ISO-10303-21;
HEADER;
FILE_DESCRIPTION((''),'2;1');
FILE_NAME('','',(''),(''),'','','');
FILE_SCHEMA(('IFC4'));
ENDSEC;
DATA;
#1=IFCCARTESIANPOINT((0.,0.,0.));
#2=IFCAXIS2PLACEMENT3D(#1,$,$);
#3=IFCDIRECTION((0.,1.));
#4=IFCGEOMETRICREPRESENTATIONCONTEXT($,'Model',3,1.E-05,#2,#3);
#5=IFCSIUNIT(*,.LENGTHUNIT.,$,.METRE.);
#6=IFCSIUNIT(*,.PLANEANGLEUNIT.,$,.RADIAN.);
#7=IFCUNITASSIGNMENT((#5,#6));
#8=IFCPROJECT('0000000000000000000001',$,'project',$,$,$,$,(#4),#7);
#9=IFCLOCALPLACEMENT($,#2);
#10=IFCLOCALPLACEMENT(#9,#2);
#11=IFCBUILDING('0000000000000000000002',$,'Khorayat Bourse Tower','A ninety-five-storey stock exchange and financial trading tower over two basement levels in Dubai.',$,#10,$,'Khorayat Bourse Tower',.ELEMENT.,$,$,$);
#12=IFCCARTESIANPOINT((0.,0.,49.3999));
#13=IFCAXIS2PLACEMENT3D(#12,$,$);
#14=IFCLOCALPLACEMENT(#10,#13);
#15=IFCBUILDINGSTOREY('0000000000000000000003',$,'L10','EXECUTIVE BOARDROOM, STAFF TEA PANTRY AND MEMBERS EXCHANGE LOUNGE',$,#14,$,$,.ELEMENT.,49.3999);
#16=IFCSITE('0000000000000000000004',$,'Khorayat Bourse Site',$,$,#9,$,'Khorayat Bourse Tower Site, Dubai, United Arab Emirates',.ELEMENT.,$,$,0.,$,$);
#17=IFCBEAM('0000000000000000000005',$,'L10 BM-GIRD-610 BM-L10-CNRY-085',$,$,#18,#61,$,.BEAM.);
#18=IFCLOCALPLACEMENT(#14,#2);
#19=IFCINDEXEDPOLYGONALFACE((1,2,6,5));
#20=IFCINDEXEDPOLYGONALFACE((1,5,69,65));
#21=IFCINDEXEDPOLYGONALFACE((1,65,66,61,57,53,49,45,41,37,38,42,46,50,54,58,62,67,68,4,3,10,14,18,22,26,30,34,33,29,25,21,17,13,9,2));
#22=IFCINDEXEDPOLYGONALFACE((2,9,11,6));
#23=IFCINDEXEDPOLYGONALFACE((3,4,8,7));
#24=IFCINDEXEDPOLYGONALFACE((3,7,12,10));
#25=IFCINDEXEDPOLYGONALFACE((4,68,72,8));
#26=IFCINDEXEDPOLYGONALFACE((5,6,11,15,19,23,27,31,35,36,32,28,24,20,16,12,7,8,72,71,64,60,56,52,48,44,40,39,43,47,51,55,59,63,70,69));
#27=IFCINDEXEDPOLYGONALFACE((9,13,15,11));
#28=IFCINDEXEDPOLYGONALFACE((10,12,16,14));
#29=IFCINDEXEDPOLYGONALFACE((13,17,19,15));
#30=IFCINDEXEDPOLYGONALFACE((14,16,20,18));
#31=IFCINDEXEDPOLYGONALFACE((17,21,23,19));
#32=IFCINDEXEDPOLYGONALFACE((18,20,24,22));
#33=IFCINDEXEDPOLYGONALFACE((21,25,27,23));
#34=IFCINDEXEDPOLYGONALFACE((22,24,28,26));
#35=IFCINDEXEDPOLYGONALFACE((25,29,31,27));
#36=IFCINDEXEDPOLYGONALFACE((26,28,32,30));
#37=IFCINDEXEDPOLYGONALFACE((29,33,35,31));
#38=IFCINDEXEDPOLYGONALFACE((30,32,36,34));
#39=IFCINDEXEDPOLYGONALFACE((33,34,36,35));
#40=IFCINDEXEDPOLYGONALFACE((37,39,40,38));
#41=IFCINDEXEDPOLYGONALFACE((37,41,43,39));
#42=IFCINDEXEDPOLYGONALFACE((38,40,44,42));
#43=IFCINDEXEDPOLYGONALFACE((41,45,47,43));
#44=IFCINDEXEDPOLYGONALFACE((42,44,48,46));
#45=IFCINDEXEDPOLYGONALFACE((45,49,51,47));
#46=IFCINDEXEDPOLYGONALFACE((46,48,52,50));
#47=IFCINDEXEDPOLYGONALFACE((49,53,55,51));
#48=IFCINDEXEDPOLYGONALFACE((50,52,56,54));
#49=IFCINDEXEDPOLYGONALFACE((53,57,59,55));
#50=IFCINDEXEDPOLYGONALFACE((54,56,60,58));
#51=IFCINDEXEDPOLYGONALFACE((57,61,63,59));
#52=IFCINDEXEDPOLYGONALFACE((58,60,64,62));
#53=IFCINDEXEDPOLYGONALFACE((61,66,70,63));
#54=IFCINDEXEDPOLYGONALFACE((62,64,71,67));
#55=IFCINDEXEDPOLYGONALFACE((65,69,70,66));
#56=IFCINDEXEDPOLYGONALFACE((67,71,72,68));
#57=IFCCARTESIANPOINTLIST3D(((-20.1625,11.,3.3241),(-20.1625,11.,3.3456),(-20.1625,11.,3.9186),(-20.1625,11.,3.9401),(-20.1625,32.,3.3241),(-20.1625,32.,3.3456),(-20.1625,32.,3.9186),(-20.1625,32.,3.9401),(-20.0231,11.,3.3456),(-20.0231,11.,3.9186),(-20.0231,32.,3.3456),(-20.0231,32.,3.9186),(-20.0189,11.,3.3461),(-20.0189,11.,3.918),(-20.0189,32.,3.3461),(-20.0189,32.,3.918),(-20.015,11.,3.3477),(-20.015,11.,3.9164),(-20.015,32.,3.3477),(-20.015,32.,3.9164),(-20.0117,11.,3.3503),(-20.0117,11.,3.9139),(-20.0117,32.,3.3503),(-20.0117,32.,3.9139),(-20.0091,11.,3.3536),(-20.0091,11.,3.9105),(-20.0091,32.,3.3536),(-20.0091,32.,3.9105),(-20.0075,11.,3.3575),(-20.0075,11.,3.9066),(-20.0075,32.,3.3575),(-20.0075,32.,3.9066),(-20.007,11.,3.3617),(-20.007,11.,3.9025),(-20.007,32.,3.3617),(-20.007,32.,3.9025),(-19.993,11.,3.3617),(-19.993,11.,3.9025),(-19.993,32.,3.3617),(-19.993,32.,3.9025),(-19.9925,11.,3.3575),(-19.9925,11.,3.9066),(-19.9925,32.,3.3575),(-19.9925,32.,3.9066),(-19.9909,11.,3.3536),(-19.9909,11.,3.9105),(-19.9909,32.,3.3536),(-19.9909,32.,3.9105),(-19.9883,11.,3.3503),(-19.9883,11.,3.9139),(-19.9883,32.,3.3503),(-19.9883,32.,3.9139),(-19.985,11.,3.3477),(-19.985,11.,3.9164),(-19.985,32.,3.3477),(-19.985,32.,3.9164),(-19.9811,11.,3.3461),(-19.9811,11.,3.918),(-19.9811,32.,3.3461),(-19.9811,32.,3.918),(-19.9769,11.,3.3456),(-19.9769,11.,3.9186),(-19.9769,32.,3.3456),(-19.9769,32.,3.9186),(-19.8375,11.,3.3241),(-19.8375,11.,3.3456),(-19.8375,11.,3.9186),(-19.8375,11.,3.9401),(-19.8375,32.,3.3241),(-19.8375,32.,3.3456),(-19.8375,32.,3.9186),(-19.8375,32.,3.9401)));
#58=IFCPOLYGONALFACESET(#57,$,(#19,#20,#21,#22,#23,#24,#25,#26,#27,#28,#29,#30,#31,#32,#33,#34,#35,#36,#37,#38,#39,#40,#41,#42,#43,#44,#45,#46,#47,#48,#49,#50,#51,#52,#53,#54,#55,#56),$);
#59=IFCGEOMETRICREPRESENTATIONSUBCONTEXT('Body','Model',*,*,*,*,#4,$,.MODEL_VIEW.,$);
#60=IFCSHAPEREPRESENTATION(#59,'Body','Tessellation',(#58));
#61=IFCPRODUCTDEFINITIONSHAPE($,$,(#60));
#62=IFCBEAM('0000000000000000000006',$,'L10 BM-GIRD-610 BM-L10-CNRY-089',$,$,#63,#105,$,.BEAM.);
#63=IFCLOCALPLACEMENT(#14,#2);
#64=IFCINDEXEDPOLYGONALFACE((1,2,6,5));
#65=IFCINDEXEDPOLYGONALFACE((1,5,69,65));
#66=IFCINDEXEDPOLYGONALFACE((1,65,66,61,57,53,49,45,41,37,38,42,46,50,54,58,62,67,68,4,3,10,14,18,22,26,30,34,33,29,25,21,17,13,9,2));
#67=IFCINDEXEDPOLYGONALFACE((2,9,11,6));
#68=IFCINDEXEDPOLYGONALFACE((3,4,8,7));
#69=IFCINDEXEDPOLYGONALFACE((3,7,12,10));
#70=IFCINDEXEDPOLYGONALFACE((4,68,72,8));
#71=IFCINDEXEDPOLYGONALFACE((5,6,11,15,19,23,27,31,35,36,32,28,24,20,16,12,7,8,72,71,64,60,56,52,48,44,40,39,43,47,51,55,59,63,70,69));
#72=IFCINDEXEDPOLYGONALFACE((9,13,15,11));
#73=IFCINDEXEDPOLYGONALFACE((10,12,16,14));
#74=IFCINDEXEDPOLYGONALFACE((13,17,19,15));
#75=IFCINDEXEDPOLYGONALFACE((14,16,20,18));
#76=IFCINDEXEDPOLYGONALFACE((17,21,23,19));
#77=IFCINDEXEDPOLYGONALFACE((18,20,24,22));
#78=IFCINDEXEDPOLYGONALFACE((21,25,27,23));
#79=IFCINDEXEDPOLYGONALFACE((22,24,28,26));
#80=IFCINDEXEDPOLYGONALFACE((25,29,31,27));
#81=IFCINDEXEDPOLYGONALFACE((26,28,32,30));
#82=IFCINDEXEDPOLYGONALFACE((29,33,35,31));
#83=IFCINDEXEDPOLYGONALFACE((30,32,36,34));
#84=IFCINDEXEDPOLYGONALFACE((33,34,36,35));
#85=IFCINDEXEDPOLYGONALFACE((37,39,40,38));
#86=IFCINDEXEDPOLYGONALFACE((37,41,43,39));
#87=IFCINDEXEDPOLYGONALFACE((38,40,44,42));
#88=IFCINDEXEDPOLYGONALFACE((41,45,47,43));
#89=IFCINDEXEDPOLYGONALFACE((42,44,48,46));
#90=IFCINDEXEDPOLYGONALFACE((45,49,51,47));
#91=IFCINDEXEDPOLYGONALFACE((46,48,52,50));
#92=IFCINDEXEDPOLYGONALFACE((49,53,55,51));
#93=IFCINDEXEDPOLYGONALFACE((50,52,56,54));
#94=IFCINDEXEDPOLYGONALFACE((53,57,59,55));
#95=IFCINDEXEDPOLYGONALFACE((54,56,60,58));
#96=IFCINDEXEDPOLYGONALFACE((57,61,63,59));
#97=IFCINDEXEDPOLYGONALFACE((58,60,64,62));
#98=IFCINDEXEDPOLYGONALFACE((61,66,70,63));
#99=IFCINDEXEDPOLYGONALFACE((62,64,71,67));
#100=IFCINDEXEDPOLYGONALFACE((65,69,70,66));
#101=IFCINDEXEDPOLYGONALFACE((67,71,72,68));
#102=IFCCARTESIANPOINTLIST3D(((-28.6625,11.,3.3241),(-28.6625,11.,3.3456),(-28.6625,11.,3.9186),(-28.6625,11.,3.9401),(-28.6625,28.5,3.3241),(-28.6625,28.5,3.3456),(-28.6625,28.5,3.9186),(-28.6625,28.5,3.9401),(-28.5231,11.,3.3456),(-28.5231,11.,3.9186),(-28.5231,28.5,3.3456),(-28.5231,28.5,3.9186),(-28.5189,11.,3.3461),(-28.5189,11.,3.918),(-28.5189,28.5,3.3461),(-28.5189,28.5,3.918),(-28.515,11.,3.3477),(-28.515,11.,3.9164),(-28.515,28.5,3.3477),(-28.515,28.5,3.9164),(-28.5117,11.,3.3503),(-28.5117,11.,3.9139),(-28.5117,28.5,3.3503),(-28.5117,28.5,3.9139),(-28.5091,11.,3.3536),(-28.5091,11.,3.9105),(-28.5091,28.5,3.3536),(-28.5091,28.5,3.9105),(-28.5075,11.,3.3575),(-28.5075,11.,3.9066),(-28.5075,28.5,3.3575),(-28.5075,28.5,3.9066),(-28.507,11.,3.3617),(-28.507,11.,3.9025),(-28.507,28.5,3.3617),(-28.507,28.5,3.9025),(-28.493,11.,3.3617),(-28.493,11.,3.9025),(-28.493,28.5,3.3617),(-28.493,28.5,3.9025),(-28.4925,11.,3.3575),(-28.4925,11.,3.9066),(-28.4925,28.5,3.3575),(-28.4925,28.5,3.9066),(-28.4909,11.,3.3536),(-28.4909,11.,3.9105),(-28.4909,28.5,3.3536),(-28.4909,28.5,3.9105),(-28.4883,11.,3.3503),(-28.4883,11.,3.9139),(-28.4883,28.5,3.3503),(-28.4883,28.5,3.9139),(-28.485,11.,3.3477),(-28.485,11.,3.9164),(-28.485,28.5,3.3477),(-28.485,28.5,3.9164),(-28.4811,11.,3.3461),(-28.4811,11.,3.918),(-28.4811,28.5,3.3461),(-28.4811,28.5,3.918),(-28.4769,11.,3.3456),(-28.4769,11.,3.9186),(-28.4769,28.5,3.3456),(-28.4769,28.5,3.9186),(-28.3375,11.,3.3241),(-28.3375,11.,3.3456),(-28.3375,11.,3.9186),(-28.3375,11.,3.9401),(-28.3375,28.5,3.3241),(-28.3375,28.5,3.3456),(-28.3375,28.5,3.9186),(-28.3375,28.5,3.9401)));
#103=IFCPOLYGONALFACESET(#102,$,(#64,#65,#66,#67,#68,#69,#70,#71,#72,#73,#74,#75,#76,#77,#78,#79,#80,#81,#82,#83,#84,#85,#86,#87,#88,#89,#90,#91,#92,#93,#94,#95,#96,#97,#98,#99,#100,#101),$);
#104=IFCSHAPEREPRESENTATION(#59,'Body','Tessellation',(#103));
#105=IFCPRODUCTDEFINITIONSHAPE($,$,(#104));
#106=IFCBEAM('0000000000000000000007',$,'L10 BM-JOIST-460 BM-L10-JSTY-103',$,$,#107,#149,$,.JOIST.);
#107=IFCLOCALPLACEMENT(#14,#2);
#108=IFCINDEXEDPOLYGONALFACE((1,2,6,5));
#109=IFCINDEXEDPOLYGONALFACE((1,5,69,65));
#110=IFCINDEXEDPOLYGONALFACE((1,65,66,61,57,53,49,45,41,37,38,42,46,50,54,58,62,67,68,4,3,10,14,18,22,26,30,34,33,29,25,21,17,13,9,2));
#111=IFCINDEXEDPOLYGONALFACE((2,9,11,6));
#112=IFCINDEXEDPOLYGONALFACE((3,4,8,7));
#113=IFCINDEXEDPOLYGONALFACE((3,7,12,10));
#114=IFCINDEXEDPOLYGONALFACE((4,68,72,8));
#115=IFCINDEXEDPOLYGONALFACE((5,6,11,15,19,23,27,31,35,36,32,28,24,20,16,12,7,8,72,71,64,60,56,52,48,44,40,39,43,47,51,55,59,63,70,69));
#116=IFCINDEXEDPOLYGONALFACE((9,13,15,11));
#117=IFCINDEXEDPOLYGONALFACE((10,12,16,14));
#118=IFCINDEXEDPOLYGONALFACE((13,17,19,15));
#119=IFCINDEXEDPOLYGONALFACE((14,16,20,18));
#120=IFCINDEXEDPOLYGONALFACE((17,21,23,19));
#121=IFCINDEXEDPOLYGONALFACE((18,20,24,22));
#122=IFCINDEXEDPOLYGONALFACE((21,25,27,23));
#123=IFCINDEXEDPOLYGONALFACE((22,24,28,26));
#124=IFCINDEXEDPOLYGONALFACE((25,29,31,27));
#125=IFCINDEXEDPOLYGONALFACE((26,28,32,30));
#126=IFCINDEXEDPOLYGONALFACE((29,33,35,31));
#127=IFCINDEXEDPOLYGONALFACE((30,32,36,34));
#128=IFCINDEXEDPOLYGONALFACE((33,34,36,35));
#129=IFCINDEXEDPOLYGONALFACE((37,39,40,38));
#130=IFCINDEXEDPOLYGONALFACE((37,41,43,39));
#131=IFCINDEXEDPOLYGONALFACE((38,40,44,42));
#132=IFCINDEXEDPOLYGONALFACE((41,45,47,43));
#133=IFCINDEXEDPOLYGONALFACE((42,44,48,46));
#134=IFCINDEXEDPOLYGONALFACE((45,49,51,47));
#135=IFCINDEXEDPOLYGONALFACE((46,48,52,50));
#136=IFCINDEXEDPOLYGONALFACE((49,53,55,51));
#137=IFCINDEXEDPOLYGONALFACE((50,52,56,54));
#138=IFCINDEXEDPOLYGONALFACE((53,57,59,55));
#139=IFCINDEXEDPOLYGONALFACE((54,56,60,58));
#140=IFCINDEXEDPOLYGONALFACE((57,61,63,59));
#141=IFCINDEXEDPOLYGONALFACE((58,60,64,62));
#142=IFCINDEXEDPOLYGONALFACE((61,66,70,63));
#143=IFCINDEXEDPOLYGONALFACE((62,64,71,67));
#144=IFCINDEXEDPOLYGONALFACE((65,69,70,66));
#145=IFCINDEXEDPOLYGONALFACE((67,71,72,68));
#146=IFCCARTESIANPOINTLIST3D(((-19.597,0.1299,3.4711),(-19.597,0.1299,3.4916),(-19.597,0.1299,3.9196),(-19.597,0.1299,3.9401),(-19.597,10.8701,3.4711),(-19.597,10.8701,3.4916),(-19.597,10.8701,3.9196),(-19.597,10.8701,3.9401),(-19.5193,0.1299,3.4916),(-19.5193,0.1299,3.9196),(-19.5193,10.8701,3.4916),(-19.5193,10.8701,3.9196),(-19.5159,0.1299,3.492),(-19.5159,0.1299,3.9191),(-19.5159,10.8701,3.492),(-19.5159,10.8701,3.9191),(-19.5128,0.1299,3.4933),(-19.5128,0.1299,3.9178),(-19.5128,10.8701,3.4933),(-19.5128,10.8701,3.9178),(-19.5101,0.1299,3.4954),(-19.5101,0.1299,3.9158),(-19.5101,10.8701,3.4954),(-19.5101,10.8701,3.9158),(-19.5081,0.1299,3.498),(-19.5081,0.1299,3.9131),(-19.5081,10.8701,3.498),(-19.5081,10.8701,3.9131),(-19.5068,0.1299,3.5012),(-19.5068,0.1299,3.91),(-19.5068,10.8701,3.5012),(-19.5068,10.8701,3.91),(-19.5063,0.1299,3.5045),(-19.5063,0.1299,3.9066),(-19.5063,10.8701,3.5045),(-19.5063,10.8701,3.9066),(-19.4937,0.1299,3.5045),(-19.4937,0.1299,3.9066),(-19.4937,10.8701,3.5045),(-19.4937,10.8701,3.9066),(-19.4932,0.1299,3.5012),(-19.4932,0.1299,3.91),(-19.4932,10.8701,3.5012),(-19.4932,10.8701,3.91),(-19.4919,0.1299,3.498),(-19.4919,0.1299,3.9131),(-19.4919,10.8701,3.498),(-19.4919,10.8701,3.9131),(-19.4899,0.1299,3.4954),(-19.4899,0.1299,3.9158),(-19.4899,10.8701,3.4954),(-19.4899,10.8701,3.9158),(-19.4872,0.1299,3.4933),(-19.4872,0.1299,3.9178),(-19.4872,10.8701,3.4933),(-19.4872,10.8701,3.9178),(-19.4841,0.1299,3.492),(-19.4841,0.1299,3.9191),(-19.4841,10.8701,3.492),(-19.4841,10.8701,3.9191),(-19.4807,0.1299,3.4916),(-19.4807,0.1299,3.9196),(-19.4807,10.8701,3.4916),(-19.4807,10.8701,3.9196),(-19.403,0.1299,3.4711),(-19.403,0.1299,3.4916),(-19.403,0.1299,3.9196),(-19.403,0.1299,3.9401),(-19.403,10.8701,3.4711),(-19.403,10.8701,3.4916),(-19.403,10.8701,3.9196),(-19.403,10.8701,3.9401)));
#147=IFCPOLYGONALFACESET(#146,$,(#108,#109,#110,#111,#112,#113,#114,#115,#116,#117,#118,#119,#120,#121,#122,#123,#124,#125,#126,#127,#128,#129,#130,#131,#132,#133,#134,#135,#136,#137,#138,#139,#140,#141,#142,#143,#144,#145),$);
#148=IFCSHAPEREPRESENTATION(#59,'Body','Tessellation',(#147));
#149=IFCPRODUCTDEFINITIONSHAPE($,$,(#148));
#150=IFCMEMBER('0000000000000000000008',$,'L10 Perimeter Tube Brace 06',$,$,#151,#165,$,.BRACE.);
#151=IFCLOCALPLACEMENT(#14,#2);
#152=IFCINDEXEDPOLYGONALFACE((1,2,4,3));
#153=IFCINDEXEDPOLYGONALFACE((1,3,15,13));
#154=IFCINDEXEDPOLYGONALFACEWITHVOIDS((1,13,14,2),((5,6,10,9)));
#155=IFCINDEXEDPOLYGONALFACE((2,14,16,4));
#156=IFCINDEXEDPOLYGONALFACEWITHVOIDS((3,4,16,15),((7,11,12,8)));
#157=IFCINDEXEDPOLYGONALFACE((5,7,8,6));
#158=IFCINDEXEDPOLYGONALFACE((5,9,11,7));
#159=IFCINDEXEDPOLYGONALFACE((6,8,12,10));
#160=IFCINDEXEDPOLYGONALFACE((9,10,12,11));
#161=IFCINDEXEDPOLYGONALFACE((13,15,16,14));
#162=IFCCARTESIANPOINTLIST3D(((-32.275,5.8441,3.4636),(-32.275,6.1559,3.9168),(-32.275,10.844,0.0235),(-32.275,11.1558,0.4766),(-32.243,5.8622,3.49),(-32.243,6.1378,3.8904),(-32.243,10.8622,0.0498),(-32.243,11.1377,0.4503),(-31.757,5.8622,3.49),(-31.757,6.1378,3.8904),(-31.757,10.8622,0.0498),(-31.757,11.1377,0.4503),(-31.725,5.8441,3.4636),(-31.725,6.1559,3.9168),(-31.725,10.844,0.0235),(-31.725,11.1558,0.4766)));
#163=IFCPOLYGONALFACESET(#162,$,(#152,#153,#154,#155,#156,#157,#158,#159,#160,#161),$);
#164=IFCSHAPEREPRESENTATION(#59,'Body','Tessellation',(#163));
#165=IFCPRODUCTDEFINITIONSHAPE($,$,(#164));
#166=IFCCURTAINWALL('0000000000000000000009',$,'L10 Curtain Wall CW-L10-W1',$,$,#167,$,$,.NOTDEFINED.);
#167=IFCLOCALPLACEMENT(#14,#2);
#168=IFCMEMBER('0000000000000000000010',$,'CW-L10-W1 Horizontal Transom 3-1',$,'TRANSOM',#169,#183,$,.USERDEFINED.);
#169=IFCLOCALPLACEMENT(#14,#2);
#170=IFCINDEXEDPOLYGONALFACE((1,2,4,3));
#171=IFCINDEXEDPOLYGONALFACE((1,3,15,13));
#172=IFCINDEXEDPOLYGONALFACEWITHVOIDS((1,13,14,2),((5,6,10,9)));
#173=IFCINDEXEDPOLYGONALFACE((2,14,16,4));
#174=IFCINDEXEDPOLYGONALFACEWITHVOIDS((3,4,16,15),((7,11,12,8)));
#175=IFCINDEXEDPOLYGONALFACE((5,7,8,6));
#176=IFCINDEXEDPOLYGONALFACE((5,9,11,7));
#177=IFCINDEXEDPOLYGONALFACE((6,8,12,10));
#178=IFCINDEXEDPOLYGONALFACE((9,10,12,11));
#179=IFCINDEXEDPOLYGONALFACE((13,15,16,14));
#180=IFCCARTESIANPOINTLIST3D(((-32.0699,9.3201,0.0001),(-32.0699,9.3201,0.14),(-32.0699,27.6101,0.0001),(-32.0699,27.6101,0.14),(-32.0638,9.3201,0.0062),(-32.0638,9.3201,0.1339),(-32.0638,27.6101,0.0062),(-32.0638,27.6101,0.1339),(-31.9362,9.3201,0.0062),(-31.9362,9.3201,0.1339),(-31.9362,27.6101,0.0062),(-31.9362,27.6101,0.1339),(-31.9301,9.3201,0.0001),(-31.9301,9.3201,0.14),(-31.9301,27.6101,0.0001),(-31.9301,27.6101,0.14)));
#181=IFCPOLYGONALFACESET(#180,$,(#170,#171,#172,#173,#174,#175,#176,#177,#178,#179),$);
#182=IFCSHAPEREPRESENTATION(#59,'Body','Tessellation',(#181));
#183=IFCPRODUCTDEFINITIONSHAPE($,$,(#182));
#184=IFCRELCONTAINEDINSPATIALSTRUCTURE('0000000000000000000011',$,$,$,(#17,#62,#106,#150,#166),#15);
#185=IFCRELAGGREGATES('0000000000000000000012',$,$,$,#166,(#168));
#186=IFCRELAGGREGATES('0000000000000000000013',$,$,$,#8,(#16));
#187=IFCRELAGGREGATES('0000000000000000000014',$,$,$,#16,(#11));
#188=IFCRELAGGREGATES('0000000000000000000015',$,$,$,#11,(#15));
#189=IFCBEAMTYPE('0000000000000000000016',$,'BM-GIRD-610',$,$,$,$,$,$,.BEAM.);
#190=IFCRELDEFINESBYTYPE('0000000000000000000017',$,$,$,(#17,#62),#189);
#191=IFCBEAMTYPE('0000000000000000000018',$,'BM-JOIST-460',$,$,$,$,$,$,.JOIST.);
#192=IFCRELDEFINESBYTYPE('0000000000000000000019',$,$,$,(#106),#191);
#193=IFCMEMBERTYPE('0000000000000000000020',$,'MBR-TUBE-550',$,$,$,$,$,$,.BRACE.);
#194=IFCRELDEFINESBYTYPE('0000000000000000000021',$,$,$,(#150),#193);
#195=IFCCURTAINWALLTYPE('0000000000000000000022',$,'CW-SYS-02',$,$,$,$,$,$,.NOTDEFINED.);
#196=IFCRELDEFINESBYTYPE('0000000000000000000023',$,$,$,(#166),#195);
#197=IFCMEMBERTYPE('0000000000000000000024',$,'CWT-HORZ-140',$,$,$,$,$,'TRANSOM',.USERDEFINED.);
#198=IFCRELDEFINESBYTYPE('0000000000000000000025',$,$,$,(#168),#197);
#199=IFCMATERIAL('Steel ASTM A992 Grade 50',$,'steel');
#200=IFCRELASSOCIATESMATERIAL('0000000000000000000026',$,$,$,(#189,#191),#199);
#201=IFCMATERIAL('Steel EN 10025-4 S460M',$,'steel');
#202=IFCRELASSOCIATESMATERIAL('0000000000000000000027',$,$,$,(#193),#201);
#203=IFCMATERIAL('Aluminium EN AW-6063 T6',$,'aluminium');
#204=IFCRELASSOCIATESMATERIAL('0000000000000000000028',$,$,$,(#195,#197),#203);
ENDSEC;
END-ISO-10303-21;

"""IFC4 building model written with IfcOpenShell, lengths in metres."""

from ifc_helpers import new_model, si_unit, direction, frame, origin, origin_2d, place, context, subcontext, project, spatial, hollow_rectangle, i_section, extrude, source, transform, mapped, material, material_profile, profile_set, type_object, element, aggregate, save


model = new_model("IFC4")

# Units and contexts
model_context = context("Model", 3, precision=1e-05, world=origin(), true_north=direction((0.0, 1.0)))
body_context = subcontext(model_context, "Body", "Model", "MODEL_VIEW")
ifc_project = project(units=[si_unit("LENGTHUNIT", "METRE"), si_unit("PLANEANGLEUNIT", "RADIAN")], contexts=[model_context])

# Site, building, storey
site_placement = place(None, origin())
site = spatial("IfcSite", under=ifc_project, at=site_placement, Name="Khorayat Bourse Site", LongName="Khorayat Bourse Tower Site, Dubai, United Arab Emirates", CompositionType="ELEMENT", RefElevation=0.0)
building_placement = place(site_placement, origin())
building = spatial("IfcBuilding", under=site, at=building_placement, Name="Khorayat Bourse Tower", Description="A ninety-five-storey stock exchange and financial trading tower over two basement levels in Dubai.", LongName="Khorayat Bourse Tower", CompositionType="ELEMENT")
storey_placement = place(building_placement, frame((0.0, 0.0, 49.3999)))
storey = spatial("IfcBuildingStorey", under=building, at=storey_placement, Name="L10", Description="EXECUTIVE BOARDROOM, STAFF TEA PANTRY AND MEMBERS EXCHANGE LOUNGE", CompositionType="ELEMENT", Elevation=49.3999)

# Shared definitions
ifc_material_1 = material(Name="Steel EN 10025-4 S460M", Category="steel")

# Beams
ifc_material_2 = material(Name="Steel ASTM A992 Grade 50", Category="steel")
ifc_material_profile_1 = material_profile(ifc_material_2, i_section(OverallWidth=0.325, OverallDepth=0.616, WebThickness=0.0139, FlangeThickness=0.0215, FilletRadius=0.0161, at=origin_2d()), Name="W610X174")
ifc_profile_set_1 = profile_set([ifc_material_profile_1], Name="Steel ASTM A992 Grade 50")
beam_type_1 = type_object("IfcBeamType", Name="BM-GIRD-610", PredefinedType="BEAM", material=ifc_profile_set_1)
shared_shape_1 = source(origin(), body_context, "Body", "SweptSolid", [
    extrude(i_section(OverallWidth=0.325, OverallDepth=0.616, WebThickness=0.0139, FlangeThickness=0.0215, FilletRadius=0.0161, at=origin_2d()), origin(), (0.0, 0.0, 1.0), 21.0),
])
beam_1_placement = place(storey_placement, frame((-20.0, 11.0, 3.6321), z_axis=(0.0, 1.0, 0.0), x_axis=(-1.0, 0.0, 0.0)))
element("IfcBeam", 1, at=beam_1_placement, inside=storey, type_object=beam_type_1, Name="L10 BM-GIRD-610 BM-L10-CNRY-085", PredefinedType="BEAM", context=body_context, shape_type="MappedRepresentation", body=[
    mapped(shared_shape_1, transform((0.0, 0.0, 0.0), scale=1.0)),
])
shared_shape_2 = source(origin(), body_context, "Body", "SweptSolid", [
    extrude(i_section(OverallWidth=0.325, OverallDepth=0.616, WebThickness=0.0139, FlangeThickness=0.0215, FilletRadius=0.0161, at=origin_2d()), origin(), (0.0, 0.0, 1.0), 17.5),
])
beam_2_placement = place(storey_placement, frame((-28.5, 11.0, 3.6321), z_axis=(0.0, 1.0, 0.0), x_axis=(-1.0, 0.0, 0.0)))
element("IfcBeam", 2, at=beam_2_placement, inside=storey, type_object=beam_type_1, Name="L10 BM-GIRD-610 BM-L10-CNRY-089", PredefinedType="BEAM", context=body_context, shape_type="MappedRepresentation", body=[
    mapped(shared_shape_2, transform((0.0, 0.0, 0.0), scale=1.0)),
])
ifc_material_profile_2 = material_profile(ifc_material_2, i_section(OverallWidth=0.1941, OverallDepth=0.469, WebThickness=0.0127, FlangeThickness=0.0205, FilletRadius=0.0129, at=origin_2d()), Name="W460X106")
ifc_profile_set_2 = profile_set([ifc_material_profile_2], Name="Steel ASTM A992 Grade 50")
beam_type_2 = type_object("IfcBeamType", Name="BM-JOIST-460", PredefinedType="JOIST", material=ifc_profile_set_2)
shared_shape_3 = source(origin(), body_context, "Body", "SweptSolid", [
    extrude(i_section(OverallWidth=0.1941, OverallDepth=0.469, WebThickness=0.0127, FlangeThickness=0.0205, FilletRadius=0.0129, at=origin_2d()), origin(), (0.0, 0.0, 1.0), 10.7402),
])
beam_3_placement = place(storey_placement, frame((-19.5, 0.1299, 3.7056), z_axis=(0.0, 1.0, 0.0), x_axis=(-1.0, 0.0, 0.0)))
element("IfcBeam", 3, at=beam_3_placement, inside=storey, type_object=beam_type_2, Name="L10 BM-JOIST-460 BM-L10-JSTY-103", PredefinedType="JOIST", context=body_context, shape_type="MappedRepresentation", body=[
    mapped(shared_shape_3, transform((0.0, 0.0, 0.0), scale=1.0)),
])

# Member
ifc_material_profile_3 = material_profile(ifc_material_1, hollow_rectangle(XDim=0.55, YDim=0.55, WallThickness=0.032, at=origin_2d()), Name="HSS 550x550x32")
ifc_profile_set_3 = profile_set([ifc_material_profile_3], Name="Steel EN 10025-4 S460M")
member_type_1 = type_object("IfcMemberType", Name="MBR-TUBE-550", PredefinedType="BRACE", material=ifc_profile_set_3)
shared_shape_4 = source(origin(), body_context, "Body", "SweptSolid", [
    extrude(hollow_rectangle(XDim=0.55, YDim=0.55, WallThickness=0.032, at=origin_2d()), origin(), (0.0, 0.0, 1.0), 6.0691),
])
member_1_placement = place(storey_placement, frame((-32.0, 6.0, 3.6902), z_axis=(0.0, 0.823835, -0.566829), x_axis=(-1.0, 0.0, 0.0)))
element("IfcMember", 4, at=member_1_placement, inside=storey, type_object=member_type_1, Name="L10 Perimeter Tube Brace 06", PredefinedType="BRACE", context=body_context, shape_type="MappedRepresentation", body=[
    mapped(shared_shape_4, transform((0.0, 0.0, 0.0), scale=1.0)),
])

# Curtain wall, member
ifc_material_3 = material(Name="Aluminium EN AW-6063 T6", Category="aluminium")
curtain_wall_type = type_object("IfcCurtainWallType", Name="CW-SYS-02", PredefinedType="NOTDEFINED", material=ifc_material_3)
curtain_wall_placement = place(storey_placement, origin())
curtain_wall = element("IfcCurtainWall", 5, at=curtain_wall_placement, inside=storey, type_object=curtain_wall_type, Name="L10 Curtain Wall CW-L10-W1", PredefinedType="NOTDEFINED")
ifc_material_profile_4 = material_profile(ifc_material_3, hollow_rectangle(XDim=0.1399, YDim=0.1399, WallThickness=0.0061, at=origin_2d()), Name="ALU 140x140x6")
ifc_profile_set_4 = profile_set([ifc_material_profile_4], Name="Aluminium EN AW-6063 T6")
member_type_2 = type_object("IfcMemberType", Name="CWT-HORZ-140", ElementType="TRANSOM", PredefinedType="USERDEFINED", material=ifc_profile_set_4)
shared_shape_5 = source(origin(), body_context, "Body", "SweptSolid", [
    extrude(hollow_rectangle(XDim=0.1399, YDim=0.1399, WallThickness=0.0061, at=origin_2d()), origin(), (0.0, 0.0, 1.0), 18.29),
])
member_2_placement = place(storey_placement, frame((-32.0, 9.3201, 0.0701), z_axis=(0.0, 1.0, 0.0), x_axis=(-1.0, 0.0, 0.0)))
member_2 = element("IfcMember", 6, at=member_2_placement, type_object=member_type_2, Name="CW-L10-W1 Horizontal Transom 3-1", ObjectType="TRANSOM", PredefinedType="USERDEFINED", context=body_context, shape_type="MappedRepresentation", body=[
    mapped(shared_shape_5, transform((0.0, 0.0, 0.0), scale=1.0)),
])

aggregate(curtain_wall, [member_2])

save(model, "model.ifc")
